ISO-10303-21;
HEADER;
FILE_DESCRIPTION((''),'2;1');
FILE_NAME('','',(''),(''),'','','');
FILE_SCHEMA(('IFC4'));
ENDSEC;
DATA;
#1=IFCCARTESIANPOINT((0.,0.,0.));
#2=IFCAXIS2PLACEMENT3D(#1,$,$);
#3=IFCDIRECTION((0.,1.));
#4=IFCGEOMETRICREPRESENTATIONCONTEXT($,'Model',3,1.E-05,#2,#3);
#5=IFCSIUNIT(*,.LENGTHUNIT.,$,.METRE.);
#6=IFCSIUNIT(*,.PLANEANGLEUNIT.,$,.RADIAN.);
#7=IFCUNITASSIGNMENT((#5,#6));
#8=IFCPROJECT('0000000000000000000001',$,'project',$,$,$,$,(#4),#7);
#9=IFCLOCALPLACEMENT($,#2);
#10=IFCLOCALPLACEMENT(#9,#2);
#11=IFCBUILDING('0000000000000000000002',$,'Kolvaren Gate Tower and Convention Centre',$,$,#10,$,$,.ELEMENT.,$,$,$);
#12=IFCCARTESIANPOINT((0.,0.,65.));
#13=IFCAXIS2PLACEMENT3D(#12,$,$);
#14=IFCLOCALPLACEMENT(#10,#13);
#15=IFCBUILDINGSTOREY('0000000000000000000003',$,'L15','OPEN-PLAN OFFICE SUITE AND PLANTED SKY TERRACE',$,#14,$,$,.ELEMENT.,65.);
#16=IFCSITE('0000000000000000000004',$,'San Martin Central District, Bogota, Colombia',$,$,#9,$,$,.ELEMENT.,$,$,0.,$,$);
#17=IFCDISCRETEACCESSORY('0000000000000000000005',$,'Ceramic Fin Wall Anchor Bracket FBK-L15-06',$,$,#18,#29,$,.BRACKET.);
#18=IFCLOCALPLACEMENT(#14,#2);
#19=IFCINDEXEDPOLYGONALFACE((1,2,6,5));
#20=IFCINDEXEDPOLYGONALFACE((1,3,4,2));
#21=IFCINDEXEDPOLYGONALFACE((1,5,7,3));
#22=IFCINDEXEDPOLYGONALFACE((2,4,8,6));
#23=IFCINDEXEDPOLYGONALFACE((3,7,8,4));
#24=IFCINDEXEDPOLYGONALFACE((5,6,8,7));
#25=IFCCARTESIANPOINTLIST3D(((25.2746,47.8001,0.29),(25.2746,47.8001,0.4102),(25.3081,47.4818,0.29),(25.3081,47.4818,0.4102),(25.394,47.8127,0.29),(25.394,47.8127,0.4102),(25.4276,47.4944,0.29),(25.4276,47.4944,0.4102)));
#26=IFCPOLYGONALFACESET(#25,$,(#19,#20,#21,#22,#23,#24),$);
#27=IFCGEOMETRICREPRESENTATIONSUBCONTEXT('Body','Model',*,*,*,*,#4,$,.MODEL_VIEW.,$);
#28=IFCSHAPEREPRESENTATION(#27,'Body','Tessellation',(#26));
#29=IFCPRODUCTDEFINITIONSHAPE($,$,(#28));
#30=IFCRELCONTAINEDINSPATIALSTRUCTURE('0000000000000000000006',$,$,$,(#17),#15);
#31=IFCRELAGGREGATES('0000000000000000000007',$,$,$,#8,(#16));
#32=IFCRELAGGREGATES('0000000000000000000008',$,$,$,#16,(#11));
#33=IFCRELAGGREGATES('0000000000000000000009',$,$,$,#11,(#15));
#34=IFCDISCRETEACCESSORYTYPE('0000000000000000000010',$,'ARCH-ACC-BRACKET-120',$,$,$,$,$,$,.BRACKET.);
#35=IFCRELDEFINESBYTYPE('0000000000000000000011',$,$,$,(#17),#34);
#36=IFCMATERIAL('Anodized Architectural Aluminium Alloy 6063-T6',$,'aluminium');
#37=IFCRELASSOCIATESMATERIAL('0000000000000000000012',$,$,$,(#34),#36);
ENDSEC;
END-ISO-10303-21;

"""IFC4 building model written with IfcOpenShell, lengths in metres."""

from ifc_helpers import new_model, si_unit, direction, frame, origin, origin_2d, place, context, subcontext, project, spatial, rectangle, extrude, material, type_object, element, save


model = new_model("IFC4")

# Units and contexts
model_context = context("Model", 3, precision=1e-05, world=origin(), true_north=direction((0.0, 1.0)))
body_context = subcontext(model_context, "Body", "Model", "MODEL_VIEW")
ifc_project = project(units=[si_unit("LENGTHUNIT", "METRE"), si_unit("PLANEANGLEUNIT", "RADIAN")], contexts=[model_context])

# Site, building, storey
site_placement = place(None, origin())
site = spatial("IfcSite", under=ifc_project, at=site_placement, Name="San Martin Central District, Bogota, Colombia", CompositionType="ELEMENT", RefElevation=0.0)
building_placement = place(site_placement, origin())
building = spatial("IfcBuilding", under=site, at=building_placement, Name="Kolvaren Gate Tower and Convention Centre", CompositionType="ELEMENT")
storey_placement = place(building_placement, frame((0.0, 0.0, 65.0)))
storey = spatial("IfcBuildingStorey", under=building, at=storey_placement, Name="L15", Description="OPEN-PLAN OFFICE SUITE AND PLANTED SKY TERRACE", CompositionType="ELEMENT", Elevation=65.0)

# Discrete accessory
ifc_material_1 = material(Name="Anodized Architectural Aluminium Alloy 6063-T6", Category="aluminium")
discrete_accessory_type = type_object("IfcDiscreteAccessoryType", Name="ARCH-ACC-BRACKET-120", PredefinedType="BRACKET", material=ifc_material_1)
discrete_accessory_placement = place(storey_placement, frame((25.3511, 47.6472, 0.29), z_axis=(0.0, 0.0, 1.0), x_axis=(0.994499, 0.104747, 0.0)))
element("IfcDiscreteAccessory", 1, at=discrete_accessory_placement, inside=storey, type_object=discrete_accessory_type, Name="Ceramic Fin Wall Anchor Bracket FBK-L15-06", PredefinedType="BRACKET", context=body_context, shape_type="SweptSolid", body=[
    extrude(rectangle(XDim=0.1201, YDim=0.3201, at=origin_2d()), origin(), (0.0, 0.0, 1.0), 0.1201),
])

save(model, "model.ifc")
